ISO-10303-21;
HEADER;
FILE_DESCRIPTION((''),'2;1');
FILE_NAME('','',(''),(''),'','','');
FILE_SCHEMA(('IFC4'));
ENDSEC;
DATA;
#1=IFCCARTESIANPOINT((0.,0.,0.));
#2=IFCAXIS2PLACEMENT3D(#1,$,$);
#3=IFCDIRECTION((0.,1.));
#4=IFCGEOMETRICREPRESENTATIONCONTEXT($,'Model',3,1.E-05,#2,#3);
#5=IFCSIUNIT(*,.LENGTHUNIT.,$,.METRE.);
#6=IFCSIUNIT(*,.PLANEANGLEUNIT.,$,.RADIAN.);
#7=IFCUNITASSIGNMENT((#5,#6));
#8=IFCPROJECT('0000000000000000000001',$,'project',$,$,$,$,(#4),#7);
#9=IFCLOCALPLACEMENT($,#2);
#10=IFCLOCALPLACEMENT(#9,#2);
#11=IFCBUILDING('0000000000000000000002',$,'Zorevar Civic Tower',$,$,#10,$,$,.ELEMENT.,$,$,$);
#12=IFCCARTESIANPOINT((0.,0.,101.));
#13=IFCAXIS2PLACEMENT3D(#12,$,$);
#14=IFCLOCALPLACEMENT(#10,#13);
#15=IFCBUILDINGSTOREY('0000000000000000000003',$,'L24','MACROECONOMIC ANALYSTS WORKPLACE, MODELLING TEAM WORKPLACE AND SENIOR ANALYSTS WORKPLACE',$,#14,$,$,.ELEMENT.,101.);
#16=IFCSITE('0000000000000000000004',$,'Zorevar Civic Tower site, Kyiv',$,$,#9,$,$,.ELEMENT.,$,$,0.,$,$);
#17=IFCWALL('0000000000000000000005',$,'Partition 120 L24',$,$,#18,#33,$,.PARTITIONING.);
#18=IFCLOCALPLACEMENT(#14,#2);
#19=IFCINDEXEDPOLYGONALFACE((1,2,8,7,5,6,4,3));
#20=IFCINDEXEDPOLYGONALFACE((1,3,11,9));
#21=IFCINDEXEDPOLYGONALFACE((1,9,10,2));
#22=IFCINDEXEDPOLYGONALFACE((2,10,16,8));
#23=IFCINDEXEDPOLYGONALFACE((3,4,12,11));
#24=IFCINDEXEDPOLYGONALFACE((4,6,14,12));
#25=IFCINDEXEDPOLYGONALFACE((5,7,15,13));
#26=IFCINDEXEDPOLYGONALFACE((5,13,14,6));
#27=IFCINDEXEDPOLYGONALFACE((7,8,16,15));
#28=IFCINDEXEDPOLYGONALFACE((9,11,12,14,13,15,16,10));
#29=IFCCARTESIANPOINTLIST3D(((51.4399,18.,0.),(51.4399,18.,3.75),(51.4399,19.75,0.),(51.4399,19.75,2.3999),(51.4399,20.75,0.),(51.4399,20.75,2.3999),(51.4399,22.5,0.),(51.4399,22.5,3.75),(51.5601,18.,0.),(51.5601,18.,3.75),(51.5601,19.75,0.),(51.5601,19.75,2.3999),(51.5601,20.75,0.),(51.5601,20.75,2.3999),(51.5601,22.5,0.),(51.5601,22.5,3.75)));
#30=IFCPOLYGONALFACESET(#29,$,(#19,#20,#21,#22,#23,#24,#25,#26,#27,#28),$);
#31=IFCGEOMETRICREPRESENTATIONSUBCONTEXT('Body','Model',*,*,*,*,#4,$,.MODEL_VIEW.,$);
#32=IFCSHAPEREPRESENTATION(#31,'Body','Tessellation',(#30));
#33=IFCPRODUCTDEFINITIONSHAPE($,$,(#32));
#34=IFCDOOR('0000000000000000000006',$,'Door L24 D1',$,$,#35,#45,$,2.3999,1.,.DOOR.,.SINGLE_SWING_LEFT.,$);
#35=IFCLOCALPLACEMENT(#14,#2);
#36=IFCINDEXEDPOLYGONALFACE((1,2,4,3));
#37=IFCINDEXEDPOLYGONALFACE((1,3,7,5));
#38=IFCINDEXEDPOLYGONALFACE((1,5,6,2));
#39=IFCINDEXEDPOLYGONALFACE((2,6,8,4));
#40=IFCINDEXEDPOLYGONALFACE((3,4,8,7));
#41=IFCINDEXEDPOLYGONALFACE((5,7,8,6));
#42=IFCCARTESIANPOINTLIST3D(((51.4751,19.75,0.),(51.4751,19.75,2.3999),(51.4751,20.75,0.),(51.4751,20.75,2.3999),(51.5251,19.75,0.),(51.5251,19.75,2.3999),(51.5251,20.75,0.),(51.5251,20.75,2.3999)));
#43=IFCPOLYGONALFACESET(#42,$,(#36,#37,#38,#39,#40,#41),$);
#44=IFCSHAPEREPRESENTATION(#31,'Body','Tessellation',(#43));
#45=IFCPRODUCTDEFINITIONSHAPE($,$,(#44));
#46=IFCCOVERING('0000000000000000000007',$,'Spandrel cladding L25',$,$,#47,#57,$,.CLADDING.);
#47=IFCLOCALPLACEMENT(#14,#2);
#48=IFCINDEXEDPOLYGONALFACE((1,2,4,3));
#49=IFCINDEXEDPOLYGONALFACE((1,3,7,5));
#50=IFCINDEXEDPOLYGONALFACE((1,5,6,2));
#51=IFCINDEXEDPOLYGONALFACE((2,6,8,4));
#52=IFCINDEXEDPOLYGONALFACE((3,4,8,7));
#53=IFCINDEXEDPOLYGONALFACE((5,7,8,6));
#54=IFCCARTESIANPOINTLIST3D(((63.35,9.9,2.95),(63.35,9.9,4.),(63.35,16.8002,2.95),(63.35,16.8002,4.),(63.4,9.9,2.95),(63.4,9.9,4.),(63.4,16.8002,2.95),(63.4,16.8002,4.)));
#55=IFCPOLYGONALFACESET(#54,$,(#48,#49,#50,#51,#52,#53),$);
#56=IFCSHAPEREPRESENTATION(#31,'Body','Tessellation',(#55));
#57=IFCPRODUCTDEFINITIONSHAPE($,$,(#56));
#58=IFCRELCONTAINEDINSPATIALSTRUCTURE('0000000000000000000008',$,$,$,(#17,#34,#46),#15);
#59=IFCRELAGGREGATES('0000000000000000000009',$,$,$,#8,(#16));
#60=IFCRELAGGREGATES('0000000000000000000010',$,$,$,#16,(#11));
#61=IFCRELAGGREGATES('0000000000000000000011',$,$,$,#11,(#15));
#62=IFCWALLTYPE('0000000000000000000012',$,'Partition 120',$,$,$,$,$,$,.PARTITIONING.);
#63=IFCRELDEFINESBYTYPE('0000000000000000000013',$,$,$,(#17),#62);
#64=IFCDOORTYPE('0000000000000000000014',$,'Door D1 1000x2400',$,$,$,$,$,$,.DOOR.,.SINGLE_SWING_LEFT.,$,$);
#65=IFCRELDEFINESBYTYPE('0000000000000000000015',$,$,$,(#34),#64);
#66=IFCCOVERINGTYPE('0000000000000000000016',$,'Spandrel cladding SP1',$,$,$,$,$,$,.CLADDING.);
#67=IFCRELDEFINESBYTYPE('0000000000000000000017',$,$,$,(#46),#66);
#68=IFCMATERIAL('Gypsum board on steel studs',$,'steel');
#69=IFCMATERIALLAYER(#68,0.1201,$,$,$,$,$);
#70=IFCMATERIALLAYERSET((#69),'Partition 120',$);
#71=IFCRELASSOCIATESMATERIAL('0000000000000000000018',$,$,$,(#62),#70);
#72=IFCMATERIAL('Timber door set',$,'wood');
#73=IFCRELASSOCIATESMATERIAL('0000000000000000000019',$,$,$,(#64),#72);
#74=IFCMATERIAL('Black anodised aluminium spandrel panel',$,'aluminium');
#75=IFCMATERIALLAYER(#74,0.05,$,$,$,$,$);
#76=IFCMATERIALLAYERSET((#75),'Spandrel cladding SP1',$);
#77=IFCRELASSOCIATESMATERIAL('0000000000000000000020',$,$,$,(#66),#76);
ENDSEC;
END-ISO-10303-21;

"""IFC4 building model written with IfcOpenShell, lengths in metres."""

from ifc_helpers import new_model, si_unit, direction, frame, frame_2d, origin, place, context, subcontext, project, spatial, rectangle, extrude, material, layer, layer_set, type_object, element, fill, save


model = new_model("IFC4")

# Units and contexts
model_context = context("Model", 3, precision=1e-05, world=origin(), true_north=direction((0.0, 1.0)))
body_context = subcontext(model_context, "Body", "Model", "MODEL_VIEW")
ifc_project = project(units=[si_unit("LENGTHUNIT", "METRE"), si_unit("PLANEANGLEUNIT", "RADIAN")], contexts=[model_context])

# Site, building, storey
site_placement = place(None, origin())
site = spatial("IfcSite", under=ifc_project, at=site_placement, Name="Zorevar Civic Tower site, Kyiv", CompositionType="ELEMENT", RefElevation=0.0)
building_placement = place(site_placement, origin())
building = spatial("IfcBuilding", under=site, at=building_placement, Name="Zorevar Civic Tower", CompositionType="ELEMENT")
storey_placement = place(building_placement, frame((0.0, 0.0, 101.0)))
storey = spatial("IfcBuildingStorey", under=building, at=storey_placement, Name="L24", Description="MACROECONOMIC ANALYSTS WORKPLACE, MODELLING TEAM WORKPLACE AND SENIOR ANALYSTS WORKPLACE", CompositionType="ELEMENT", Elevation=101.0)

# Shared definitions
ifc_material_1 = material(Name="Gypsum board on steel studs", Category="steel")
ifc_layer_1 = layer(ifc_material_1, 0.1201)
ifc_layer_set_1 = layer_set([ifc_layer_1], Name="Partition 120")
wall_type_1 = type_object("IfcWallType", Name="Partition 120", PredefinedType="PARTITIONING", material=ifc_layer_set_1)

# Wall, opening, door
wall_1_placement = place(storey_placement, frame((51.5, 18.0, 0.0), z_axis=(0.0, 0.0, 1.0), x_axis=(0.0, 1.0, 0.0)))
wall_1 = element("IfcWall", 1, at=wall_1_placement, inside=storey, type_object=wall_type_1, Name="Partition 120 L24", PredefinedType="PARTITIONING", context=body_context, shape_type="SweptSolid", body=[
    extrude(rectangle(XDim=4.5, YDim=0.1201, at=frame_2d((2.25, 0.0))), origin(), (0.0, 0.0, 1.0), 3.75),
])
opening_placement = place(wall_1_placement, frame((1.75, 0.0, 0.0)))
opening = element("IfcOpeningElement", 2, at=opening_placement, cuts=wall_1, PredefinedType="OPENING", context=body_context, shape_type="SweptSolid", body=[
    extrude(rectangle(XDim=1.0, YDim=2.3999, at=frame_2d((0.5, 1.2))), frame((0.0, 0.0701, 0.0), z_axis=(0.0, -1.0, 0.0), x_axis=(1.0, 0.0, 0.0)), (0.0, 0.0, 1.0), 0.1401),
])
ifc_material_2 = material(Name="Timber door set", Category="wood")
door_type = type_object("IfcDoorType", Name="Door D1 1000x2400", OperationType="SINGLE_SWING_LEFT", PredefinedType="DOOR", material=ifc_material_2)
door_placement = place(opening_placement, origin())
door = element("IfcDoor", 3, at=door_placement, inside=storey, type_object=door_type, Name="Door L24 D1", OperationType="SINGLE_SWING_LEFT", OverallHeight=2.3999, OverallWidth=1.0, PredefinedType="DOOR", context=body_context, shape_type="SweptSolid", body=[
    extrude(rectangle(XDim=1.0, YDim=2.3999, at=frame_2d((0.5, 1.2))), frame((0.0, 0.0249, 0.0), z_axis=(0.0, -1.0, 0.0), x_axis=(1.0, 0.0, 0.0)), (0.0, 0.0, 1.0), 0.05),
])
fill(opening, door)

# Covering
ifc_material_3 = material(Name="Black anodised aluminium spandrel panel", Category="aluminium")
ifc_layer_2 = layer(ifc_material_3, 0.05)
ifc_layer_set_2 = layer_set([ifc_layer_2], Name="Spandrel cladding SP1")
covering_type = type_object("IfcCoveringType", Name="Spandrel cladding SP1", PredefinedType="CLADDING", material=ifc_layer_set_2)
covering_placement = place(storey_placement, frame((63.375, 9.8999, 2.95), z_axis=(0.0, 0.0, 1.0), x_axis=(0.0, 1.0, 0.0)))
element("IfcCovering", 4, at=covering_placement, inside=storey, type_object=covering_type, Name="Spandrel cladding L25", PredefinedType="CLADDING", context=body_context, shape_type="SweptSolid", body=[
    extrude(rectangle(XDim=6.9001, YDim=0.05, at=frame_2d((3.4502, 0.0))), origin(), (0.0, 0.0, 1.0), 1.05),
])

save(model, "model.ifc")
